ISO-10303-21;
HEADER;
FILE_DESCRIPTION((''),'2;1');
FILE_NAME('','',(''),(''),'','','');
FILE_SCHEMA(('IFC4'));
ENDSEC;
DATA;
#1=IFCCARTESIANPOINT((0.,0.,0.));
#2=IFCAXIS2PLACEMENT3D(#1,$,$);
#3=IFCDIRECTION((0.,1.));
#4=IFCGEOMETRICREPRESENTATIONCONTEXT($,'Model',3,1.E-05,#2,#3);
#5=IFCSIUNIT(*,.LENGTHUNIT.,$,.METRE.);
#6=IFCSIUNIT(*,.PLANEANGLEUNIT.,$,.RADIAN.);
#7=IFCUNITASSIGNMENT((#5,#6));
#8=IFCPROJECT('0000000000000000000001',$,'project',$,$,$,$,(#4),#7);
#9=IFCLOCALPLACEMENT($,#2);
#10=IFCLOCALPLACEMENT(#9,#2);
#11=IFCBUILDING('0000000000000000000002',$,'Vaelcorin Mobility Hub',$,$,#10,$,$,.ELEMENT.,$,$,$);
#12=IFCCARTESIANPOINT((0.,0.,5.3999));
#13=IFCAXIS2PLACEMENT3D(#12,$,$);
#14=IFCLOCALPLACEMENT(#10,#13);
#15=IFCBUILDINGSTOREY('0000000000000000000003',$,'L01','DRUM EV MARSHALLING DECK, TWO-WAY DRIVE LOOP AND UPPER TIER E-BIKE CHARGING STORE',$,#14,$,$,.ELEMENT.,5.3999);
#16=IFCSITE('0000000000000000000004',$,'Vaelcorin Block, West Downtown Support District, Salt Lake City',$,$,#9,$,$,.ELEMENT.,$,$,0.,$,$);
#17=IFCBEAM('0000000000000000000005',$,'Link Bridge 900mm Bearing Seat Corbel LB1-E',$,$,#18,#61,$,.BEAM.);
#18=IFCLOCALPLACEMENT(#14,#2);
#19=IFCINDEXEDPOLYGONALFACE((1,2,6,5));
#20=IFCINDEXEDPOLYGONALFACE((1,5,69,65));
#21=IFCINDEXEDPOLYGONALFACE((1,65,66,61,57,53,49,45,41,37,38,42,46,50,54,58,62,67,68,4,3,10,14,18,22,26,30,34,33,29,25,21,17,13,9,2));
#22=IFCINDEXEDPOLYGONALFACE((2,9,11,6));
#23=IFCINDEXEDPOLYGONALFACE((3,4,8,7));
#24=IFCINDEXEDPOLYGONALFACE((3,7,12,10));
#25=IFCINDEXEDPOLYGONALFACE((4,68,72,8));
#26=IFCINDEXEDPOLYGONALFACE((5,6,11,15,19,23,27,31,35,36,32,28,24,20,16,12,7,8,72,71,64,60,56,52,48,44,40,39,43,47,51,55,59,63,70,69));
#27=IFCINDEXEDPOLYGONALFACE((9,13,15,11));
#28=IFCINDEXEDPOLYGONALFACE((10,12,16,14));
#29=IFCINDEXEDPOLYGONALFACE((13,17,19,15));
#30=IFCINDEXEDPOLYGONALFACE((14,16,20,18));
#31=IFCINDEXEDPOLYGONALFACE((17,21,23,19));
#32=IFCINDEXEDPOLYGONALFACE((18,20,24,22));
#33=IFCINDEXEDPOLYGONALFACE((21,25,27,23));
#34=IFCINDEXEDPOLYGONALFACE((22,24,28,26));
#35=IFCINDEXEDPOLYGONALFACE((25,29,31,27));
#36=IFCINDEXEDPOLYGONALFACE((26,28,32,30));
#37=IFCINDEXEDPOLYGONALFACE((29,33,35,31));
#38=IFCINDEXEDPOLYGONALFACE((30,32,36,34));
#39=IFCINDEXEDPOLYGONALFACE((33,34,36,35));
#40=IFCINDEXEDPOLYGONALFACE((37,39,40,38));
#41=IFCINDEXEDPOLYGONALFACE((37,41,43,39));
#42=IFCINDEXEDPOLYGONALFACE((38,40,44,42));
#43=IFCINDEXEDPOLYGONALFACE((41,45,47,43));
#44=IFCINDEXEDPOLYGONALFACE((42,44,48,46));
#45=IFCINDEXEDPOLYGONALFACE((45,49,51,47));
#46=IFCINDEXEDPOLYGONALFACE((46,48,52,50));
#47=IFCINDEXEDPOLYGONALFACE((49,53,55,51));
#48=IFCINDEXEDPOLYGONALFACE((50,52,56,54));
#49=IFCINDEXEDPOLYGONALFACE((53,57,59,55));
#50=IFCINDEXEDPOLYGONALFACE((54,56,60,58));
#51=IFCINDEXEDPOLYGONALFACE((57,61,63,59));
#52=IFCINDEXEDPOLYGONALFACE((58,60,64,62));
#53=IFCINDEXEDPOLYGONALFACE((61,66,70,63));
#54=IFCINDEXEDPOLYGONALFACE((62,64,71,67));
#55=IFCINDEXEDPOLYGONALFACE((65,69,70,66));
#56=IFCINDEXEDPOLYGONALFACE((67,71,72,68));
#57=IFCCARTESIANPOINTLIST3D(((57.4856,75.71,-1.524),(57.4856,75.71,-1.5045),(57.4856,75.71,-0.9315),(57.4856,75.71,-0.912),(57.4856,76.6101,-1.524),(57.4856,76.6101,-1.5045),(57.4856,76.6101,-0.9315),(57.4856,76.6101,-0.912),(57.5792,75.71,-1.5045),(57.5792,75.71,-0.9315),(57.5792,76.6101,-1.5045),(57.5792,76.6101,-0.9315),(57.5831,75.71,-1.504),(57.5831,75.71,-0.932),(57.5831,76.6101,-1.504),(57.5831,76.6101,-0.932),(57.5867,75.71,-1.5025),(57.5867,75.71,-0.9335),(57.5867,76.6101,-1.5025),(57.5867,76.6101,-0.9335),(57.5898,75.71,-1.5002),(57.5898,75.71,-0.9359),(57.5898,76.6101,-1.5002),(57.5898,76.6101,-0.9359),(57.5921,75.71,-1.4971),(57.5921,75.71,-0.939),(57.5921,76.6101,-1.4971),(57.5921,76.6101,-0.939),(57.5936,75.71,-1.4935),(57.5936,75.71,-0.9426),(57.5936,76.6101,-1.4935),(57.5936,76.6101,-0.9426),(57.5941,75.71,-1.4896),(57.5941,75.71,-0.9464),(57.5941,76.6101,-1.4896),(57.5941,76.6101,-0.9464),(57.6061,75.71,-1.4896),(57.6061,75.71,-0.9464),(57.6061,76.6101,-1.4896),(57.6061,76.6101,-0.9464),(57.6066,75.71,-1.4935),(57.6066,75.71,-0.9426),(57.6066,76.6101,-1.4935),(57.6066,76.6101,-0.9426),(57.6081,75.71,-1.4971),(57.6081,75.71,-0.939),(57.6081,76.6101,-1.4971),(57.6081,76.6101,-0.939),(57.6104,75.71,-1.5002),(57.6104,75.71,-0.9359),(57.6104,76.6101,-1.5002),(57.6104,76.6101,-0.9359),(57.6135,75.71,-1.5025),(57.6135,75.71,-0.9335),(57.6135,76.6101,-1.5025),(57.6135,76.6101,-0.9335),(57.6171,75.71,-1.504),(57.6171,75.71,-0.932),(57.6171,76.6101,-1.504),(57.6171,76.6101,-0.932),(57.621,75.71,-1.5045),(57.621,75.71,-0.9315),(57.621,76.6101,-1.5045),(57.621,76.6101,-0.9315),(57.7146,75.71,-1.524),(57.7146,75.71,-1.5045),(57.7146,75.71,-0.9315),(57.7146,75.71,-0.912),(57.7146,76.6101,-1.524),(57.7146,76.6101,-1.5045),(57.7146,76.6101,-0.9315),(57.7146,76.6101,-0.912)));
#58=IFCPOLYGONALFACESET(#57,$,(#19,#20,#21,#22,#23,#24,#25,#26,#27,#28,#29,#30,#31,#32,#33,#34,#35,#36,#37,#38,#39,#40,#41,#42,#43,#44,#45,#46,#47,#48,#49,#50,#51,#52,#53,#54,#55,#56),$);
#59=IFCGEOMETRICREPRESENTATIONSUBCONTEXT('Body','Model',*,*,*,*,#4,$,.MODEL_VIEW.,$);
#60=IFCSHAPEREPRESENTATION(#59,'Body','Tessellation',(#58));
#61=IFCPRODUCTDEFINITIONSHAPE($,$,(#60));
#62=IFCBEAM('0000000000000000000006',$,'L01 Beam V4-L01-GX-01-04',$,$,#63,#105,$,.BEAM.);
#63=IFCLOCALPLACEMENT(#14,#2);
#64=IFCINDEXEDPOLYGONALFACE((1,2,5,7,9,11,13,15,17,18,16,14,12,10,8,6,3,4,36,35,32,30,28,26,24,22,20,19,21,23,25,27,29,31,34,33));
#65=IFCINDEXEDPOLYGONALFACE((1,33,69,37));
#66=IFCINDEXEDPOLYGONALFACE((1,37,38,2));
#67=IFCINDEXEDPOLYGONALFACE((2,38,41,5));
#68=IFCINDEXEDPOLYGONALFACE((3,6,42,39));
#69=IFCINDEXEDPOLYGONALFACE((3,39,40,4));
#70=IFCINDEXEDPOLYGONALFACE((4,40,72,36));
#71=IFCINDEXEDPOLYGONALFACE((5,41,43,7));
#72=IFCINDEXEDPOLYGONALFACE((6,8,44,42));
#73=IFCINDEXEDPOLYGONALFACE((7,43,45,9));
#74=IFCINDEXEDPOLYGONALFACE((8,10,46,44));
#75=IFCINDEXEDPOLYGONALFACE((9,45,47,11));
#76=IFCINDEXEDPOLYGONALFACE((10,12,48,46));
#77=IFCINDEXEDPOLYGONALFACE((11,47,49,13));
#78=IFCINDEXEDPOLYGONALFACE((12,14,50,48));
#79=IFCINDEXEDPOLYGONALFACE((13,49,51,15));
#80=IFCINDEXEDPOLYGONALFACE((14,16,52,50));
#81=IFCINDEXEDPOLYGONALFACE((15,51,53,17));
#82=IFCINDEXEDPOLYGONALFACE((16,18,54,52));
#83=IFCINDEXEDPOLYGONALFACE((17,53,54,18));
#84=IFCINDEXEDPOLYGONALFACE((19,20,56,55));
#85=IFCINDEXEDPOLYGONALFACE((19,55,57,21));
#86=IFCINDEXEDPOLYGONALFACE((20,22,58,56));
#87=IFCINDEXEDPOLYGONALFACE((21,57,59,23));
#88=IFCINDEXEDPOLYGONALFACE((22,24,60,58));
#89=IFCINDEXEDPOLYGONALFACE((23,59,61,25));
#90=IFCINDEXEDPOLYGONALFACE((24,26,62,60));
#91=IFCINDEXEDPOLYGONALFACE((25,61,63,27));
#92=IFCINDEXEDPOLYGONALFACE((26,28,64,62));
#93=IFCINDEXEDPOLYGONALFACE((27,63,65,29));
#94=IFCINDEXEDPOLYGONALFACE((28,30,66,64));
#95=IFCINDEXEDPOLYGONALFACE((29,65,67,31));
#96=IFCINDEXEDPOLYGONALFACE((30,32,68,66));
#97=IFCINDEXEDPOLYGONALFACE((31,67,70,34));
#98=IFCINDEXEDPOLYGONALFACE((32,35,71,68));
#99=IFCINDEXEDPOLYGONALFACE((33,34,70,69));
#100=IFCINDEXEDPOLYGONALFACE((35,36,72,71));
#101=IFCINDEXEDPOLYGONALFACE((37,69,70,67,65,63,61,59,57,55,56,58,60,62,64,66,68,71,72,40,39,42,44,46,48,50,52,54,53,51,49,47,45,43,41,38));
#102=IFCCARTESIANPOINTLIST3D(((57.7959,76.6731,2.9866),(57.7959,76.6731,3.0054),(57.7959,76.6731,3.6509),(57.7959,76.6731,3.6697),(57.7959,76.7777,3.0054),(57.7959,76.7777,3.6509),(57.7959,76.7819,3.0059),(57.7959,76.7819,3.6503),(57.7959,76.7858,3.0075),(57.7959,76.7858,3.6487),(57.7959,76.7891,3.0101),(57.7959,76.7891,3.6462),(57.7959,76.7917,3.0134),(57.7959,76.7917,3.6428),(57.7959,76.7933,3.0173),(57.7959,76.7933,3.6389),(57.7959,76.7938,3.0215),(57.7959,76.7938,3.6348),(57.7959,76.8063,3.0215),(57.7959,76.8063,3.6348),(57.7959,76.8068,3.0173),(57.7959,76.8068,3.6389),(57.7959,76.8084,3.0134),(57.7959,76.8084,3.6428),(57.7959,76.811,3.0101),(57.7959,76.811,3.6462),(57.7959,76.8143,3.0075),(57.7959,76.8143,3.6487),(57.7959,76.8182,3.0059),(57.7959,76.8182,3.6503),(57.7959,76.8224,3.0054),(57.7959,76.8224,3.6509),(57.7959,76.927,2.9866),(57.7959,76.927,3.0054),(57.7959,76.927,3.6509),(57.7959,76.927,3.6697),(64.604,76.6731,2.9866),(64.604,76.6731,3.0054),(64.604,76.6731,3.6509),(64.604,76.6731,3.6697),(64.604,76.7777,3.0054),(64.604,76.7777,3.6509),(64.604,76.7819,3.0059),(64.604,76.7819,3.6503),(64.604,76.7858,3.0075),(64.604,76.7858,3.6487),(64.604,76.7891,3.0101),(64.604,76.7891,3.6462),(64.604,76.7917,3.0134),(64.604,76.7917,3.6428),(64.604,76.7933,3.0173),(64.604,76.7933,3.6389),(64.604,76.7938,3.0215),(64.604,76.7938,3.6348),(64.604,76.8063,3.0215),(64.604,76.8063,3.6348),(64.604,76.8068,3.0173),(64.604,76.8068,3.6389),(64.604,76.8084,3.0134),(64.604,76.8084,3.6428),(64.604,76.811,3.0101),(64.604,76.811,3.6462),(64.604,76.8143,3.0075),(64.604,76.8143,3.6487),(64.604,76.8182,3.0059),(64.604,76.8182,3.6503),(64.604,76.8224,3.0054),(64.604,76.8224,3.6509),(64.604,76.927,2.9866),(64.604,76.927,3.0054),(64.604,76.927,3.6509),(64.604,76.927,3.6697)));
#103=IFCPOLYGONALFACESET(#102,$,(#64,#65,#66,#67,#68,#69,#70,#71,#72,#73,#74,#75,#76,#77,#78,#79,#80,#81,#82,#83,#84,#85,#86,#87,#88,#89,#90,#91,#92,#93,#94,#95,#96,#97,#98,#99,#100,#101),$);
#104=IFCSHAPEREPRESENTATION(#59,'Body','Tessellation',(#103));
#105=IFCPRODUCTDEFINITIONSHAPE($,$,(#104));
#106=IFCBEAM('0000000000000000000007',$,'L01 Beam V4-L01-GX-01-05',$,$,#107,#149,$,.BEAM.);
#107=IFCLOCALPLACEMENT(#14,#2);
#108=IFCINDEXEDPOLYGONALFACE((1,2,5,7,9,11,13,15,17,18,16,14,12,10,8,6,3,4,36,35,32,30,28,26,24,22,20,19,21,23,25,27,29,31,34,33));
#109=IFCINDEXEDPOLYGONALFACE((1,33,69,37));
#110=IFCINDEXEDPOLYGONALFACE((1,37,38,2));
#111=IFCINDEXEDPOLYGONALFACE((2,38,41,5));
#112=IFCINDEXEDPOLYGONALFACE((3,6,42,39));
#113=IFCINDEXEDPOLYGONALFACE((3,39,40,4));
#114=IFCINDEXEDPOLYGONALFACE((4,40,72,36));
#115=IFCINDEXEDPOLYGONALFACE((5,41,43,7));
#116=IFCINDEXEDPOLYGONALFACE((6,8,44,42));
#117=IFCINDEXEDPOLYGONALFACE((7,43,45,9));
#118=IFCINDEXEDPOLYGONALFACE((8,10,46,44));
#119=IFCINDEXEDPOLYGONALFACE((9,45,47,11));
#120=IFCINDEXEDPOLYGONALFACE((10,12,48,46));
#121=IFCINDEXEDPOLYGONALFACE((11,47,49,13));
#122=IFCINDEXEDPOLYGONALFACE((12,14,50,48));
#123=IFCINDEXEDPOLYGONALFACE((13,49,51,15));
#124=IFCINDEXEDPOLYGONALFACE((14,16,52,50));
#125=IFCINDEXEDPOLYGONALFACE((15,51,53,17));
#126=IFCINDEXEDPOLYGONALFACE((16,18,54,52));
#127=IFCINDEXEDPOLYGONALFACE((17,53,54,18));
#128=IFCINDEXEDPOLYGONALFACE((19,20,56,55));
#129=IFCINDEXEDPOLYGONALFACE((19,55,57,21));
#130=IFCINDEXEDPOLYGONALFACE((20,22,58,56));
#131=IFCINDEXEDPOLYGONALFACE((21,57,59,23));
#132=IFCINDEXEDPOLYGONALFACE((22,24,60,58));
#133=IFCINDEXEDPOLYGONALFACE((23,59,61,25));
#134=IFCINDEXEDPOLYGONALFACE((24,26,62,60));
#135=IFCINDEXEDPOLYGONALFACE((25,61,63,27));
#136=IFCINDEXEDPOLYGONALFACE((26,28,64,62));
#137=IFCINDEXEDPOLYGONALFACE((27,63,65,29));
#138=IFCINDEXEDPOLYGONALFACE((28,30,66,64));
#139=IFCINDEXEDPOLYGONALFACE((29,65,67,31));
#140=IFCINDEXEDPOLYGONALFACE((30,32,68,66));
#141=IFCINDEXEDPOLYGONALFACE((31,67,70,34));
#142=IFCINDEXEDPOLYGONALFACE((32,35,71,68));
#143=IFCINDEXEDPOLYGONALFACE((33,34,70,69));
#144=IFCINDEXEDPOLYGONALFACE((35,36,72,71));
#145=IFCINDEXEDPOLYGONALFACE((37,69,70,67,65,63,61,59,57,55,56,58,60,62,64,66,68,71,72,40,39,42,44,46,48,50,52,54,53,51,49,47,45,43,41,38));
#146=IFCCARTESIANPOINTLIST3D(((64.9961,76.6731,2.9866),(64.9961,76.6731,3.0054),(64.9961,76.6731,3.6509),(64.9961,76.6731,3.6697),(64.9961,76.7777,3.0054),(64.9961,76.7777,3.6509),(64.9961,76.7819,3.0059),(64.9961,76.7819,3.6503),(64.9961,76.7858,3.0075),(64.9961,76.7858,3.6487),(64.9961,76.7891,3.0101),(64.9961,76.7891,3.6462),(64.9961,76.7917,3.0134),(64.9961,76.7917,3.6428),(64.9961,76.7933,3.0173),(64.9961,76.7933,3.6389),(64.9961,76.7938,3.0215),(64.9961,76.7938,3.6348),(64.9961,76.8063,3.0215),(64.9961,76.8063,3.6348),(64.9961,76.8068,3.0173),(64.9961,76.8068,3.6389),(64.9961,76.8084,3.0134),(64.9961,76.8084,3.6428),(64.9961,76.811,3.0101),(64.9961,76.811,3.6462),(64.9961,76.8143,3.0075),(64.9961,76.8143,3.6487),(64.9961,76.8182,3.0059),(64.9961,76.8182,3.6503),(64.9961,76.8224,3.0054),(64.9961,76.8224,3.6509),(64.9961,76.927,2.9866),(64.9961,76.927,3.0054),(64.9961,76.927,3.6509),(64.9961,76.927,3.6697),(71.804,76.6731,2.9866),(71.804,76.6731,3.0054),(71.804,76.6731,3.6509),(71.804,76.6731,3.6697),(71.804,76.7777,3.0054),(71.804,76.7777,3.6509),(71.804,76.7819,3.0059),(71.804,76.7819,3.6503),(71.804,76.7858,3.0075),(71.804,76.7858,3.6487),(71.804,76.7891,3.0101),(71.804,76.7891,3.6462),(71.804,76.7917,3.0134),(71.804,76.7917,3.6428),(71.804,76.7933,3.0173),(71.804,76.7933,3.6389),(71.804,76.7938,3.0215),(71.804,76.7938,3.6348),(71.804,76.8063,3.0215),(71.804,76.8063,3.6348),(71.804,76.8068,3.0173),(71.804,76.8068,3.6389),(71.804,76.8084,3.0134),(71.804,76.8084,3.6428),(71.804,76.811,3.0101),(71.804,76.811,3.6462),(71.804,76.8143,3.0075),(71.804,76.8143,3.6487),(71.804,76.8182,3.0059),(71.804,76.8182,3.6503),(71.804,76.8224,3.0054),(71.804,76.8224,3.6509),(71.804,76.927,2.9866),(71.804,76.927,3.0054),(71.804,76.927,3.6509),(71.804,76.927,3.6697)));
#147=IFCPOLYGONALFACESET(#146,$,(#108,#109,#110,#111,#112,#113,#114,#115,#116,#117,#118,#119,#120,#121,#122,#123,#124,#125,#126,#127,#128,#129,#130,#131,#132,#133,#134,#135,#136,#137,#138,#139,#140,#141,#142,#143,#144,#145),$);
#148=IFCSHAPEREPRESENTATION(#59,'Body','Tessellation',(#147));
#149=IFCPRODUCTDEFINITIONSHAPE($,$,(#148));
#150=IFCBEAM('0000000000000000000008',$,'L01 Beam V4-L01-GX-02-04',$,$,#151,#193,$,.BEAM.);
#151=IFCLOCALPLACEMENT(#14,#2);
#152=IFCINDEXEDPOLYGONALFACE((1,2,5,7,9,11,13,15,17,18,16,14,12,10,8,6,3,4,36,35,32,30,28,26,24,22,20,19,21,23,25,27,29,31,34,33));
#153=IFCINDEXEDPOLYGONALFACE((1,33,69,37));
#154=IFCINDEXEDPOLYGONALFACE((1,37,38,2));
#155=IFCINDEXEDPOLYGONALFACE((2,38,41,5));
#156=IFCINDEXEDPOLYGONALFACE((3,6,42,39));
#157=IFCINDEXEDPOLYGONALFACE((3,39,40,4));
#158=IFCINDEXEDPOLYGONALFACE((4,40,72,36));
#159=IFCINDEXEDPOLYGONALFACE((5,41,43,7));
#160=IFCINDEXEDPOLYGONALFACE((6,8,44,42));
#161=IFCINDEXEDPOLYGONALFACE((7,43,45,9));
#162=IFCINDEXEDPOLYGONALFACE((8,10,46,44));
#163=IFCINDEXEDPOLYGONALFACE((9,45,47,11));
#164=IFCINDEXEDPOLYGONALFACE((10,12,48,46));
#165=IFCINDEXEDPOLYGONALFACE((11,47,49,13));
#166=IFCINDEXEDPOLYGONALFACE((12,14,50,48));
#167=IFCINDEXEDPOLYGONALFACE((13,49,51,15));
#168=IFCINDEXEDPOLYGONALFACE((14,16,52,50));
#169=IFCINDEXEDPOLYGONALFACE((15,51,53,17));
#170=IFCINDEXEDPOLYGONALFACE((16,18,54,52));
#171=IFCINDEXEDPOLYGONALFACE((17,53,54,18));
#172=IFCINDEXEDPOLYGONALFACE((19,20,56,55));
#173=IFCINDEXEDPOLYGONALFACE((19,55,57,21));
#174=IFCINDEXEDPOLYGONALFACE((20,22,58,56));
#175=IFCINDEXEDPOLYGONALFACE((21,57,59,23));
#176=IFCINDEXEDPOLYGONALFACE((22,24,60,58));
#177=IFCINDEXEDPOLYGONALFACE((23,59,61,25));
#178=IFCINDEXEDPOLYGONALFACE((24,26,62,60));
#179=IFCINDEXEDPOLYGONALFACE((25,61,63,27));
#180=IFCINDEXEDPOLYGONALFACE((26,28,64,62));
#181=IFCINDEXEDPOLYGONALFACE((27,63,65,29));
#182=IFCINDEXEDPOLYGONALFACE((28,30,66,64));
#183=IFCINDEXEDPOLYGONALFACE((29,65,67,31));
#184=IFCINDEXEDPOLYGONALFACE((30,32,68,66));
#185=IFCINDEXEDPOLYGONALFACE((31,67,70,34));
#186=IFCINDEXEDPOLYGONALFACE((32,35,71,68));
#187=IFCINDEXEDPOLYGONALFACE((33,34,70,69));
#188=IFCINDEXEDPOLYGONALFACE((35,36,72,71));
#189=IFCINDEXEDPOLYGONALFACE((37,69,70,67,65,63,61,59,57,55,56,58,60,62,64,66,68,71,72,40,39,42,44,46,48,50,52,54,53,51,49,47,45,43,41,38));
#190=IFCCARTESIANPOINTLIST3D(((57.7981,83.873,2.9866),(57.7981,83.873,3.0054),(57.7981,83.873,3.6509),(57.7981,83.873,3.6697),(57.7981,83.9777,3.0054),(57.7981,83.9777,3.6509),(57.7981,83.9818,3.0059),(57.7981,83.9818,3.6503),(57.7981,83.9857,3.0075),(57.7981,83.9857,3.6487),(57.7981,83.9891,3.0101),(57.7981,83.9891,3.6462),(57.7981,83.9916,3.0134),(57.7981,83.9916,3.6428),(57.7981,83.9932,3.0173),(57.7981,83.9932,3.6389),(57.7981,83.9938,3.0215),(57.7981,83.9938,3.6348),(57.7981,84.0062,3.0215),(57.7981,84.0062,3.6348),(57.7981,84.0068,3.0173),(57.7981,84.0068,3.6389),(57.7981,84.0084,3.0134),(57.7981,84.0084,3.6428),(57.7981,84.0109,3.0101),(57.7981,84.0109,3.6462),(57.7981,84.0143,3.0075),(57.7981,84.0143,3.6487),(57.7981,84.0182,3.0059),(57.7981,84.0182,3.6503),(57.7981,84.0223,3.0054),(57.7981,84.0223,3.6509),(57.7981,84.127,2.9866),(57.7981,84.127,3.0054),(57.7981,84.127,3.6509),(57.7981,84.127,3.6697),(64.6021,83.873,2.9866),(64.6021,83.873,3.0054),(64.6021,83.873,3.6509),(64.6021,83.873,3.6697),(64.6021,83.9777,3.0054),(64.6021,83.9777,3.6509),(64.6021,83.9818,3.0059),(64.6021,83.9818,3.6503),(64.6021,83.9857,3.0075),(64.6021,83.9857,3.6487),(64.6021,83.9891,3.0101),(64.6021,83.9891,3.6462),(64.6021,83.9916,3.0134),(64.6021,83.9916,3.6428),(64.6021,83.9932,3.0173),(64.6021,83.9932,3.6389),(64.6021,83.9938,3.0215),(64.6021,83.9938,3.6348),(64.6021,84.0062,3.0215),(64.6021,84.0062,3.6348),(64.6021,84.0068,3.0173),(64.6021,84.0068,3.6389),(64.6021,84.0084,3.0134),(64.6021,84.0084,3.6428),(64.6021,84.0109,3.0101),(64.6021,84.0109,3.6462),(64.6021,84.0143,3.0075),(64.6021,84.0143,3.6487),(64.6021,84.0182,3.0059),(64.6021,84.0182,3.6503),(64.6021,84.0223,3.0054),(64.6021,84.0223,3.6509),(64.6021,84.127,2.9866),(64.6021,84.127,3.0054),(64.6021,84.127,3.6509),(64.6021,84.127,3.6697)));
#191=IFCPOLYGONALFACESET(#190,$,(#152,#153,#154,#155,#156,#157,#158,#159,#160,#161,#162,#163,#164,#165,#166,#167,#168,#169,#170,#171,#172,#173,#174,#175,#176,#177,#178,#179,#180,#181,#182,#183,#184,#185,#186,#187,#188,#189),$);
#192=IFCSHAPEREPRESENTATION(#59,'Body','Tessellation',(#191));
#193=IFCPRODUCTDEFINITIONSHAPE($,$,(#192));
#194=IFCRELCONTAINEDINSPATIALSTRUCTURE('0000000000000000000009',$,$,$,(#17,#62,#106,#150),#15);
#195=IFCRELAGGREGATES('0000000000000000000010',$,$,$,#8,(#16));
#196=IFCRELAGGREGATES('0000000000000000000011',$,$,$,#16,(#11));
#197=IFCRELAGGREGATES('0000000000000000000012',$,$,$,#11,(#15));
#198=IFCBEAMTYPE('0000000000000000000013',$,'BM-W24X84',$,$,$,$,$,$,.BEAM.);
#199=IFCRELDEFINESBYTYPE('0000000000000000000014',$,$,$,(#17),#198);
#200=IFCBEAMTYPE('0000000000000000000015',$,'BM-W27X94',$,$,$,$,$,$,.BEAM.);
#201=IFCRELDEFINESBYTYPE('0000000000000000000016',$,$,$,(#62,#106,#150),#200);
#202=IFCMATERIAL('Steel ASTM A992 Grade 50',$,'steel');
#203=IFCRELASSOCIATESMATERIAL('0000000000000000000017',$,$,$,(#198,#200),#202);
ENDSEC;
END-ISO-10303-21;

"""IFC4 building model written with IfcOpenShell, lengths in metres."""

from ifc_helpers import new_model, si_unit, direction, frame, origin, origin_2d, place, context, subcontext, project, spatial, i_section, extrude, material, material_profile, profile_set, type_object, element, save


model = new_model("IFC4")

# Units and contexts
model_context = context("Model", 3, precision=1e-05, world=origin(), true_north=direction((0.0, 1.0)))
body_context = subcontext(model_context, "Body", "Model", "MODEL_VIEW")
ifc_project = project(units=[si_unit("LENGTHUNIT", "METRE"), si_unit("PLANEANGLEUNIT", "RADIAN")], contexts=[model_context])

# Site, building, storey
site_placement = place(None, origin())
site = spatial("IfcSite", under=ifc_project, at=site_placement, Name="Vaelcorin Block, West Downtown Support District, Salt Lake City", CompositionType="ELEMENT", RefElevation=0.0)
building_placement = place(site_placement, origin())
building = spatial("IfcBuilding", under=site, at=building_placement, Name="Vaelcorin Mobility Hub", CompositionType="ELEMENT")
storey_placement = place(building_placement, frame((0.0, 0.0, 5.3999)))
storey = spatial("IfcBuildingStorey", under=building, at=storey_placement, Name="L01", Description="DRUM EV MARSHALLING DECK, TWO-WAY DRIVE LOOP AND UPPER TIER E-BIKE CHARGING STORE", CompositionType="ELEMENT", Elevation=5.3999)

# Shared definitions
ifc_material_1 = material(Name="Steel ASTM A992 Grade 50", Category="steel")

# Beams
ifc_material_profile_1 = material_profile(ifc_material_1, i_section(OverallWidth=0.229, OverallDepth=0.6121, WebThickness=0.012, FlangeThickness=0.0195, FilletRadius=0.0149, at=origin_2d()), Name="W24X84")
ifc_profile_set_1 = profile_set([ifc_material_profile_1], Name="Steel ASTM A992 Grade 50")
beam_type_1 = type_object("IfcBeamType", Name="BM-W24X84", PredefinedType="BEAM", material=ifc_profile_set_1)
beam_1_placement = place(storey_placement, frame((57.6001, 76.6101, -1.218), z_axis=(0.0, -1.0, 0.0), x_axis=(1.0, 0.0, 0.0)))
element("IfcBeam", 1, at=beam_1_placement, inside=storey, type_object=beam_type_1, Name="Link Bridge 900mm Bearing Seat Corbel LB1-E", PredefinedType="BEAM", context=body_context, shape_type="SweptSolid", body=[
    extrude(i_section(OverallWidth=0.229, OverallDepth=0.6121, WebThickness=0.012, FlangeThickness=0.0195, FilletRadius=0.0149, at=origin_2d()), origin(), (0.0, 0.0, 1.0), 0.9001),
])
ifc_material_profile_2 = material_profile(ifc_material_1, i_section(OverallWidth=0.2539, OverallDepth=0.6831, WebThickness=0.0125, FlangeThickness=0.0188, FilletRadius=0.0161, at=origin_2d()), Name="W27X94")
ifc_profile_set_2 = profile_set([ifc_material_profile_2], Name="Steel ASTM A992 Grade 50")
beam_type_2 = type_object("IfcBeamType", Name="BM-W27X94", PredefinedType="BEAM", material=ifc_profile_set_2)
beam_2_placement = place(storey_placement, frame((57.7959, 76.8, 3.3281), z_axis=(1.0, 0.0, 0.0), x_axis=(0.0, 1.0, 0.0)))
element("IfcBeam", 2, at=beam_2_placement, inside=storey, type_object=beam_type_2, Name="L01 Beam V4-L01-GX-01-04", PredefinedType="BEAM", context=body_context, shape_type="SweptSolid", body=[
    extrude(i_section(OverallWidth=0.2539, OverallDepth=0.6831, WebThickness=0.0125, FlangeThickness=0.0188, FilletRadius=0.0161, at=origin_2d()), origin(), (0.0, 0.0, 1.0), 6.8081),
])
beam_3_placement = place(storey_placement, frame((64.9961, 76.8, 3.3281), z_axis=(1.0, 0.0, 0.0), x_axis=(0.0, 1.0, 0.0)))
element("IfcBeam", 3, at=beam_3_placement, inside=storey, type_object=beam_type_2, Name="L01 Beam V4-L01-GX-01-05", PredefinedType="BEAM", context=body_context, shape_type="SweptSolid", body=[
    extrude(i_section(OverallWidth=0.2539, OverallDepth=0.6831, WebThickness=0.0125, FlangeThickness=0.0188, FilletRadius=0.0161, at=origin_2d()), origin(), (0.0, 0.0, 1.0), 6.8079),
])
for number, where, z_axis, x_axis, name in (
    (4, (57.7981, 84.0, 3.3281), (1.0, 0.0, 0.0), (0.0, 1.0, 0.0), "L01 Beam V4-L01-GX-02-04"),
):
    element("IfcBeam", number, at=place(storey_placement, frame(where, z_axis=z_axis, x_axis=x_axis)), inside=storey, type_object=beam_type_2, Name=name, PredefinedType="BEAM", context=body_context, shape_type="SweptSolid", body=[
        extrude(i_section(OverallWidth=0.2539, OverallDepth=0.6831, WebThickness=0.0125, FlangeThickness=0.0188, FilletRadius=0.0161, at=origin_2d()), origin(), (0.0, 0.0, 1.0), 6.804),
    ])

save(model, "model.ifc")
